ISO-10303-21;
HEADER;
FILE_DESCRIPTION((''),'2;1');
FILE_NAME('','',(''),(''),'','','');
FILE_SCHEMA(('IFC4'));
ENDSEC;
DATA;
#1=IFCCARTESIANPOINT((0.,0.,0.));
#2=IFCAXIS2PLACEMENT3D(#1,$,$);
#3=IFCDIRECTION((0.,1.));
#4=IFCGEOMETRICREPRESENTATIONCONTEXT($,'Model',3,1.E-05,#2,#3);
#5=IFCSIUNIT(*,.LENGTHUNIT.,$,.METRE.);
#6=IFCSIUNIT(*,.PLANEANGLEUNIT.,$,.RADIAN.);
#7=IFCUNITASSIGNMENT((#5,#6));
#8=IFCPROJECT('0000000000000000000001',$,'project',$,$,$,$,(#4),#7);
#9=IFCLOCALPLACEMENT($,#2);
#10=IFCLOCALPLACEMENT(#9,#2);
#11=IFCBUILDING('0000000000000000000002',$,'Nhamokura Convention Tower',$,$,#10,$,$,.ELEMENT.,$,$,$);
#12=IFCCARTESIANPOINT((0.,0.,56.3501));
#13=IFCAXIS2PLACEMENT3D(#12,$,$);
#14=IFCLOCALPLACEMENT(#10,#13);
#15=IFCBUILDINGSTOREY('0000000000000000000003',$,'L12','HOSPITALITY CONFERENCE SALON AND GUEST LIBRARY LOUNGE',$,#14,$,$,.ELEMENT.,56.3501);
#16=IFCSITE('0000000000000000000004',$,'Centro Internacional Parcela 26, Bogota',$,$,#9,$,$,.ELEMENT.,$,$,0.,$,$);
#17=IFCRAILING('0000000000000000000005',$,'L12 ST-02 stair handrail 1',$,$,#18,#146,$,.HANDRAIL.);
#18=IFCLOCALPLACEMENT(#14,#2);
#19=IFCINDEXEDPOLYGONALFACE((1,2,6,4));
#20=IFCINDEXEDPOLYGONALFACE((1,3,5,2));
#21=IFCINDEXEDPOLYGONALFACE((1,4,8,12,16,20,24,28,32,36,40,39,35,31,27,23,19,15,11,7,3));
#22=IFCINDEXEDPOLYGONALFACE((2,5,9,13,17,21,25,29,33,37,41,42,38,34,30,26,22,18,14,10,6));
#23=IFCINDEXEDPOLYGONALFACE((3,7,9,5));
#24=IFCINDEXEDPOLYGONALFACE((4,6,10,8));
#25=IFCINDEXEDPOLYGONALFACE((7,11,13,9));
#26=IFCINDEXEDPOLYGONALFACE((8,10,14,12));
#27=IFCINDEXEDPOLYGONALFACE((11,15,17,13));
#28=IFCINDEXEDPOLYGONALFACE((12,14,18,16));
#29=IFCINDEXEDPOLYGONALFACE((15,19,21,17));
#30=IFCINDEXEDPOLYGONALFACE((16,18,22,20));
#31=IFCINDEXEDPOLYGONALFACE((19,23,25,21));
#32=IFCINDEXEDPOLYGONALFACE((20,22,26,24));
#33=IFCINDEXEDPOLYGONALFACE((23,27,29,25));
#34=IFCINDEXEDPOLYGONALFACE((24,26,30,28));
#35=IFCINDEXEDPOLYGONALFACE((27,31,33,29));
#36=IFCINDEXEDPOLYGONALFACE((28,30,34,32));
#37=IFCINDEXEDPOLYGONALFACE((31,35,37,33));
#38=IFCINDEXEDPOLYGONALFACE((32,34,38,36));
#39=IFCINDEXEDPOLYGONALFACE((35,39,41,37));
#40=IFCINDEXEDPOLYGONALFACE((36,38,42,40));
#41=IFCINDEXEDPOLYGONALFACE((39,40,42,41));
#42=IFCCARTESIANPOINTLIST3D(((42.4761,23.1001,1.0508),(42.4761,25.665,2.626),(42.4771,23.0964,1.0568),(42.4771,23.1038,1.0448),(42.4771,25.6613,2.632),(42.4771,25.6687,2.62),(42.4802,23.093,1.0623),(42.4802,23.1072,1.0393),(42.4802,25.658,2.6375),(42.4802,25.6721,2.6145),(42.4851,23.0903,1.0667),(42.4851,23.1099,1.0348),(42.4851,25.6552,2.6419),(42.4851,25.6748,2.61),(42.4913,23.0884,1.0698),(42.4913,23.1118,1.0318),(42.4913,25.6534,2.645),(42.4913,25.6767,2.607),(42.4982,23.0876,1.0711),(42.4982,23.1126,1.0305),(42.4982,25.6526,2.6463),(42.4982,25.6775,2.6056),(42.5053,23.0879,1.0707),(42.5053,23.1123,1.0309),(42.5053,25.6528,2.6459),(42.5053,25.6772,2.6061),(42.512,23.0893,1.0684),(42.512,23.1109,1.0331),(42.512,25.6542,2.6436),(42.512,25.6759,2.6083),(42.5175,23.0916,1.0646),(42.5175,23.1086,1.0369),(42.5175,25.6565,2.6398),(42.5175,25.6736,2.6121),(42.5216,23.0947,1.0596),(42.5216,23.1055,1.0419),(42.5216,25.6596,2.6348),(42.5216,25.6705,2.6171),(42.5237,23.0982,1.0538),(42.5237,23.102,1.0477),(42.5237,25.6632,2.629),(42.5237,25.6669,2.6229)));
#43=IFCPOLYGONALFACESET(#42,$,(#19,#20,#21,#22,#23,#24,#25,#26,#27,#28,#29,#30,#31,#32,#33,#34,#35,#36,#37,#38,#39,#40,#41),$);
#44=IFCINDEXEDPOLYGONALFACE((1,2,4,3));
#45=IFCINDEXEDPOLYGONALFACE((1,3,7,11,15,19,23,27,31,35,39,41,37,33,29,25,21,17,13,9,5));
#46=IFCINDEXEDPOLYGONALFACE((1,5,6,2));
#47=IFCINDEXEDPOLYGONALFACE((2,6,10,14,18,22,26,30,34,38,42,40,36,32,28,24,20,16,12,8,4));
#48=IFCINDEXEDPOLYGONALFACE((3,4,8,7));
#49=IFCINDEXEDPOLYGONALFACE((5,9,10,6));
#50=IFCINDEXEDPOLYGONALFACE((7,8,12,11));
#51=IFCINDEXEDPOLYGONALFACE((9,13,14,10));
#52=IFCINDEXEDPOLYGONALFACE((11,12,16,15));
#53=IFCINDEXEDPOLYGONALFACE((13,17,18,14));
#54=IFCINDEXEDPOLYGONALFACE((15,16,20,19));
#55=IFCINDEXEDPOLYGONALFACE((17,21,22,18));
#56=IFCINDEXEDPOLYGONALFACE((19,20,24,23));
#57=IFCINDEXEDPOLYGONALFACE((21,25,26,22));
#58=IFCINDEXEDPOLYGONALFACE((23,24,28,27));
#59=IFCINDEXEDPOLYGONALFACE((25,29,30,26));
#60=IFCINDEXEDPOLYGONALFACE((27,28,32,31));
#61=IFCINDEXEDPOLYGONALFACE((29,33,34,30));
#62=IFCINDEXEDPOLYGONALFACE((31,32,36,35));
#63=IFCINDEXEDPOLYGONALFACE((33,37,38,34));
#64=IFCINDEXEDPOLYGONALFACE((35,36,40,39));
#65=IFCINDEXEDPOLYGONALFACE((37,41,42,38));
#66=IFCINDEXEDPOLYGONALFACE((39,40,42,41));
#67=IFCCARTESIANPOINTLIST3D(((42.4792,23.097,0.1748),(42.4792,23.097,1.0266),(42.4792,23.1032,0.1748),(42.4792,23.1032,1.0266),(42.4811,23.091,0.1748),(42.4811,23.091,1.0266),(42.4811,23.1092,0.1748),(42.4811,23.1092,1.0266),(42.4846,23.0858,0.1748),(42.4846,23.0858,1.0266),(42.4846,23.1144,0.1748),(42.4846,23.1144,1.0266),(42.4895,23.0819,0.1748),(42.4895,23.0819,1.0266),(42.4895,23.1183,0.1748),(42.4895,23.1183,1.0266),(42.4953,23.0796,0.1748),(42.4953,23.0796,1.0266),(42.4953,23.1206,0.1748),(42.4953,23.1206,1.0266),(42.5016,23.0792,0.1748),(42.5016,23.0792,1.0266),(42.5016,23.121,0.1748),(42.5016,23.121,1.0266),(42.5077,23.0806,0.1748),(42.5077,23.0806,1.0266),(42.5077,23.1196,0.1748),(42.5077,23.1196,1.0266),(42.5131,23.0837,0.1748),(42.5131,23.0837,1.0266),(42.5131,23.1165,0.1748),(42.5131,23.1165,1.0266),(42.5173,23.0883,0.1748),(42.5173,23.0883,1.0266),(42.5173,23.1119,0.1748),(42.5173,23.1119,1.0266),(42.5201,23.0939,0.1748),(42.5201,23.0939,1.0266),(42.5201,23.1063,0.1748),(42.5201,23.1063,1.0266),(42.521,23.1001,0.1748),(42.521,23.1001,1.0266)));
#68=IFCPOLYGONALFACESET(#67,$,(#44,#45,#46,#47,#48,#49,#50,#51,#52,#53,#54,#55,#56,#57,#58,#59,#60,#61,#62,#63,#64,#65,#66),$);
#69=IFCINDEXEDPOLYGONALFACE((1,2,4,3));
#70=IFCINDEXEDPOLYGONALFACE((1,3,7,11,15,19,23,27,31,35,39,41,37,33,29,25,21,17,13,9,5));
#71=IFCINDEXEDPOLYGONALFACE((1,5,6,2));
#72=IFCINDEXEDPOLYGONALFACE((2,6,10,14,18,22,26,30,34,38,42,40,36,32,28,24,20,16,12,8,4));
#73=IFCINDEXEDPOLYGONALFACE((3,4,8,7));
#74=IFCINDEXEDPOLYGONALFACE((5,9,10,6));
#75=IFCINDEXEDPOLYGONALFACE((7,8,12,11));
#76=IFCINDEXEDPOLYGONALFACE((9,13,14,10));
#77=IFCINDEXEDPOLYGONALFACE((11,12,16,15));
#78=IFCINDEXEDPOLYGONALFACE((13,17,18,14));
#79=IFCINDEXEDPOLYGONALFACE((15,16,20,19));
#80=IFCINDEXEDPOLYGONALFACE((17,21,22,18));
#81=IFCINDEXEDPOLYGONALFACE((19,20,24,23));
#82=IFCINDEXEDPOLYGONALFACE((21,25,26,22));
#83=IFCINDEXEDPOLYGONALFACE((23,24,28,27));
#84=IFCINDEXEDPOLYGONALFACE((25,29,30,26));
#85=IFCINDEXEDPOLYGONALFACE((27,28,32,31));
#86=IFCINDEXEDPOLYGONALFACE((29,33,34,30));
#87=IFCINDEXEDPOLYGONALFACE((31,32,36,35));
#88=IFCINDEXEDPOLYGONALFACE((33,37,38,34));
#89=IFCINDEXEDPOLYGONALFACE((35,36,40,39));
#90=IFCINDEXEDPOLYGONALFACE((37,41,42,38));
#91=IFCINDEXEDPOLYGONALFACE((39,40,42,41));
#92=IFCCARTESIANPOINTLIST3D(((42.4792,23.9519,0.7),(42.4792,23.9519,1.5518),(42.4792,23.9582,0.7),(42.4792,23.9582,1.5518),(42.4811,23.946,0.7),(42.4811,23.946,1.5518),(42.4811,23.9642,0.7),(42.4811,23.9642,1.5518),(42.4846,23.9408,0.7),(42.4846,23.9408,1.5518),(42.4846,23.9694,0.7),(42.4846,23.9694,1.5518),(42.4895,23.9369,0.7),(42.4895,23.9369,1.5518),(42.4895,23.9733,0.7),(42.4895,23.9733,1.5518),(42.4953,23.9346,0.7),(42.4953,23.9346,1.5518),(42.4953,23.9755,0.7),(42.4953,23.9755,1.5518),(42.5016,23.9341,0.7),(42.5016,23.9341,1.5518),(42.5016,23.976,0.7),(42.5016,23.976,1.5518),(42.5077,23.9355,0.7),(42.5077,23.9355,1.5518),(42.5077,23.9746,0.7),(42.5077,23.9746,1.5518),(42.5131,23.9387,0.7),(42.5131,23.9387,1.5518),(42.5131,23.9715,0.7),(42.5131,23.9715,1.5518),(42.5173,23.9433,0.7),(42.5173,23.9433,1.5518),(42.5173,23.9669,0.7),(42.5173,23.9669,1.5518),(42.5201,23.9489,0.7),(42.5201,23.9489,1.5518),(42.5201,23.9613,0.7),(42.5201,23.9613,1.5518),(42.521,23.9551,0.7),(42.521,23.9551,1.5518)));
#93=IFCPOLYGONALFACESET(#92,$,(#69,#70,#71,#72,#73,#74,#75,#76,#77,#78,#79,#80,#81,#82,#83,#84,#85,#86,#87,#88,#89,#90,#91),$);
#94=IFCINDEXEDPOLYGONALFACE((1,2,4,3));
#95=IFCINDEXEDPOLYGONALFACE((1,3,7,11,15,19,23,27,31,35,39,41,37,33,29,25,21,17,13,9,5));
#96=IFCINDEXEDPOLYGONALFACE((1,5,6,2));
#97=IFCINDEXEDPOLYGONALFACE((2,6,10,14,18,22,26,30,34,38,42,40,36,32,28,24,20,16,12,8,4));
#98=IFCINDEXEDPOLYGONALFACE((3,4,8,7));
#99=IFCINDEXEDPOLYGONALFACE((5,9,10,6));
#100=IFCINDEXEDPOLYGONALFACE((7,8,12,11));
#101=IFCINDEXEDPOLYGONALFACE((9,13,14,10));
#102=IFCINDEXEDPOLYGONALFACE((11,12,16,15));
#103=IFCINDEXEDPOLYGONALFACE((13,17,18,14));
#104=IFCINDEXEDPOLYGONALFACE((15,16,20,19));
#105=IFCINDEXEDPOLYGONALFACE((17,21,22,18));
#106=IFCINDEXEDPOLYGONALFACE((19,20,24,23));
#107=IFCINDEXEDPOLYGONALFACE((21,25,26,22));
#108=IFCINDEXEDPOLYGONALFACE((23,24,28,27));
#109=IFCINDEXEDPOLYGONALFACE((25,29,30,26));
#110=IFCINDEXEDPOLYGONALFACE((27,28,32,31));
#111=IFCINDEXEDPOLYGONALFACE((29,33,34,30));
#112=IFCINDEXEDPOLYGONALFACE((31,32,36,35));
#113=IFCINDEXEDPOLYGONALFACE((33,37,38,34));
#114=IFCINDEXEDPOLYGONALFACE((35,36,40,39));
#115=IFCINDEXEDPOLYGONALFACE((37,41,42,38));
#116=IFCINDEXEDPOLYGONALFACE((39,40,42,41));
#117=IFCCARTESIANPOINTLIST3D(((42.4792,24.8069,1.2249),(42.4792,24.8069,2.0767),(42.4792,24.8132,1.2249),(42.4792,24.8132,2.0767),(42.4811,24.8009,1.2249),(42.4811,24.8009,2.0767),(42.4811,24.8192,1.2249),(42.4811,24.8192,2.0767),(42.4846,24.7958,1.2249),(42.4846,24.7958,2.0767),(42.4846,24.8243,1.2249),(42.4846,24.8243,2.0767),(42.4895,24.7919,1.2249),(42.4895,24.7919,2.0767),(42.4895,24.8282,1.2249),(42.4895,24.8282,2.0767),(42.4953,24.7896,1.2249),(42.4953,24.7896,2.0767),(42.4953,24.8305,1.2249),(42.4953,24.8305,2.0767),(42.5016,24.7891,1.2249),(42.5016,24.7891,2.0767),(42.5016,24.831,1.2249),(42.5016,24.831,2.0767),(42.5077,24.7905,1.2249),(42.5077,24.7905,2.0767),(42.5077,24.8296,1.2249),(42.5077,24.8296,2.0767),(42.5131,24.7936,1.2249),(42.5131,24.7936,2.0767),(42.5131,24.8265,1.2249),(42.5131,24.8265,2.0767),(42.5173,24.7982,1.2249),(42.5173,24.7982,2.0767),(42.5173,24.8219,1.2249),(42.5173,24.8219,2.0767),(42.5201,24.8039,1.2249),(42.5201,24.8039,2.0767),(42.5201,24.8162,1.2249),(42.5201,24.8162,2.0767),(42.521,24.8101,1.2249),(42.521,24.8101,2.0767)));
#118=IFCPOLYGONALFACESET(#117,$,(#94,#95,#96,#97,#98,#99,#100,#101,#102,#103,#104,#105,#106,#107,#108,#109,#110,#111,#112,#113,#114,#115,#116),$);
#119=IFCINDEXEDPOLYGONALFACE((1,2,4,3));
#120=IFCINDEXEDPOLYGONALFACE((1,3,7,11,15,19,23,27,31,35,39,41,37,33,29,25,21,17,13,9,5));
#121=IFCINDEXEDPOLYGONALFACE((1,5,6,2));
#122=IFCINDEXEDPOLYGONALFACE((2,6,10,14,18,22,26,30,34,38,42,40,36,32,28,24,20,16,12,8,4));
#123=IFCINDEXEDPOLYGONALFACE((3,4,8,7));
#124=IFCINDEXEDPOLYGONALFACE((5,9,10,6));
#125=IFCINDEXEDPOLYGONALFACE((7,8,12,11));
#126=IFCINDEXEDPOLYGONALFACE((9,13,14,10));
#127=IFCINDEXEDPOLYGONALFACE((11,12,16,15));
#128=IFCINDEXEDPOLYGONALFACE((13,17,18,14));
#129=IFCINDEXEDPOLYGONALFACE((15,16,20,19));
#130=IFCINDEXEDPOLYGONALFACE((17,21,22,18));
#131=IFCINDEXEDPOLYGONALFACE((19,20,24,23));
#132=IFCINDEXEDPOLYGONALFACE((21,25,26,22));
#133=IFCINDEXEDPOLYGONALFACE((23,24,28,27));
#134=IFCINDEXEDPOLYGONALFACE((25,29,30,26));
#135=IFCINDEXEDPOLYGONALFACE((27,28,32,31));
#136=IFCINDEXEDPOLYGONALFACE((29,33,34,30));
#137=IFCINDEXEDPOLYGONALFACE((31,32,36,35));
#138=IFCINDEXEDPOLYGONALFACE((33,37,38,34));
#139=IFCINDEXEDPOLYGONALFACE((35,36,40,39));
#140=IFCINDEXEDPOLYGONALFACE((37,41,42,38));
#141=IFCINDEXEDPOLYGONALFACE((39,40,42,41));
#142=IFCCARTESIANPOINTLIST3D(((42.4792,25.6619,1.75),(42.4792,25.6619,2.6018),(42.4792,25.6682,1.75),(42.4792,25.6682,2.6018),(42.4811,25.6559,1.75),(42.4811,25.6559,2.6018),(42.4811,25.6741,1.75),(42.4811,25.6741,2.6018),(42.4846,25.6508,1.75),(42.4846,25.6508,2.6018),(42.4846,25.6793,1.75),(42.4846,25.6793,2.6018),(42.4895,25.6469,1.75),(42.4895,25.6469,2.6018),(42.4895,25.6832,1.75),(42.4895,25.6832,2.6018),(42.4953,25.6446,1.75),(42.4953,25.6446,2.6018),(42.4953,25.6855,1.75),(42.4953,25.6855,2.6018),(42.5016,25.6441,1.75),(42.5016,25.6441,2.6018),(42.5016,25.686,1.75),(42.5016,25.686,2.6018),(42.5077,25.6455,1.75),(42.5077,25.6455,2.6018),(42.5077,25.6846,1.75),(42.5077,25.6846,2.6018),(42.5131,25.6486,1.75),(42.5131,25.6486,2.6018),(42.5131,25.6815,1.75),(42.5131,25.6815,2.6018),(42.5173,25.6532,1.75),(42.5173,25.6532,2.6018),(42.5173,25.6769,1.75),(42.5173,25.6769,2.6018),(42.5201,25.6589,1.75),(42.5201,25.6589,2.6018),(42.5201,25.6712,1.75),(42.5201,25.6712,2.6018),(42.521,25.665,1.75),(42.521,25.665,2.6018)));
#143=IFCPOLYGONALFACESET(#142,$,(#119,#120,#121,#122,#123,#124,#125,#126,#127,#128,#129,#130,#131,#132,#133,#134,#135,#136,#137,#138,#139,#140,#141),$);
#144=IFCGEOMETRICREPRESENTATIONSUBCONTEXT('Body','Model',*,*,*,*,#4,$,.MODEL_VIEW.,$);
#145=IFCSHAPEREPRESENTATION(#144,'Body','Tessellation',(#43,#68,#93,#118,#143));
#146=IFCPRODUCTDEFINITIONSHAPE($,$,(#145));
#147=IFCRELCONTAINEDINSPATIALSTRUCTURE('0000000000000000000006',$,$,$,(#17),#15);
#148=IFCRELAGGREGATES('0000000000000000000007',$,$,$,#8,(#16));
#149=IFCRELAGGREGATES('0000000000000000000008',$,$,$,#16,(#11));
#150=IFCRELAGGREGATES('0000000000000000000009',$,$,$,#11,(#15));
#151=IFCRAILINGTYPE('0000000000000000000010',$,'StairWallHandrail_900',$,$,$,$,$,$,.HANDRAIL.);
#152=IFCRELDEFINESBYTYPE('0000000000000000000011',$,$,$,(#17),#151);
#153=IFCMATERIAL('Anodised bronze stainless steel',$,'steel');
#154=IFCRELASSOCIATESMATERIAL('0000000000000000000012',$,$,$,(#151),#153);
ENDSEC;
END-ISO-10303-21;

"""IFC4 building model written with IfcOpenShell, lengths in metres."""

from ifc_helpers import new_model, si_unit, direction, frame, origin, origin_2d, place, context, subcontext, project, spatial, circle, extrude, material, type_object, element, save


model = new_model("IFC4")

# Units and contexts
model_context = context("Model", 3, precision=1e-05, world=origin(), true_north=direction((0.0, 1.0)))
body_context = subcontext(model_context, "Body", "Model", "MODEL_VIEW")
ifc_project = project(units=[si_unit("LENGTHUNIT", "METRE"), si_unit("PLANEANGLEUNIT", "RADIAN")], contexts=[model_context])

# Site, building, storey
site_placement = place(None, origin())
site = spatial("IfcSite", under=ifc_project, at=site_placement, Name="Centro Internacional Parcela 26, Bogota", CompositionType="ELEMENT", RefElevation=0.0)
building_placement = place(site_placement, origin())
building = spatial("IfcBuilding", under=site, at=building_placement, Name="Nhamokura Convention Tower", CompositionType="ELEMENT")
storey_placement = place(building_placement, frame((0.0, 0.0, 56.3501)))
storey = spatial("IfcBuildingStorey", under=building, at=storey_placement, Name="L12", Description="HOSPITALITY CONFERENCE SALON AND GUEST LIBRARY LOUNGE", CompositionType="ELEMENT", Elevation=56.3501)

# Railing
ifc_material_1 = material(Name="Anodised bronze stainless steel", Category="steel")
railing_type_1 = type_object("IfcRailingType", Name="StairWallHandrail_900", PredefinedType="HANDRAIL", material=ifc_material_1)
railing_1_placement = place(storey_placement, frame((42.5, 23.1001, 0.1748)))
element("IfcRailing", 1, at=railing_1_placement, inside=storey, type_object=railing_type_1, Name="L12 ST-02 stair handrail 1", PredefinedType="HANDRAIL", context=body_context, shape_type="SweptSolid", body=[
    extrude(circle(Radius=0.0239, at=origin_2d()), frame((0.0, 0.0, 0.876), z_axis=(0.0, 0.852137, 0.523319), x_axis=(-1.0, 0.0, 0.0)), (0.0, 0.0, 1.0), 3.01),
    extrude(circle(Radius=0.021, at=origin_2d()), origin(), (0.0, 0.0, 1.0), 0.8518),
    extrude(circle(Radius=0.021, at=origin_2d()), frame((0.0, 0.855, 0.5251)), (0.0, 0.0, 1.0), 0.8518),
    extrude(circle(Radius=0.021, at=origin_2d()), frame((0.0, 1.71, 1.05)), (0.0, 0.0, 1.0), 0.8518),
    extrude(circle(Radius=0.021, at=origin_2d()), frame((0.0, 2.5649, 1.5752)), (0.0, 0.0, 1.0), 0.8518),
])

save(model, "model.ifc")
